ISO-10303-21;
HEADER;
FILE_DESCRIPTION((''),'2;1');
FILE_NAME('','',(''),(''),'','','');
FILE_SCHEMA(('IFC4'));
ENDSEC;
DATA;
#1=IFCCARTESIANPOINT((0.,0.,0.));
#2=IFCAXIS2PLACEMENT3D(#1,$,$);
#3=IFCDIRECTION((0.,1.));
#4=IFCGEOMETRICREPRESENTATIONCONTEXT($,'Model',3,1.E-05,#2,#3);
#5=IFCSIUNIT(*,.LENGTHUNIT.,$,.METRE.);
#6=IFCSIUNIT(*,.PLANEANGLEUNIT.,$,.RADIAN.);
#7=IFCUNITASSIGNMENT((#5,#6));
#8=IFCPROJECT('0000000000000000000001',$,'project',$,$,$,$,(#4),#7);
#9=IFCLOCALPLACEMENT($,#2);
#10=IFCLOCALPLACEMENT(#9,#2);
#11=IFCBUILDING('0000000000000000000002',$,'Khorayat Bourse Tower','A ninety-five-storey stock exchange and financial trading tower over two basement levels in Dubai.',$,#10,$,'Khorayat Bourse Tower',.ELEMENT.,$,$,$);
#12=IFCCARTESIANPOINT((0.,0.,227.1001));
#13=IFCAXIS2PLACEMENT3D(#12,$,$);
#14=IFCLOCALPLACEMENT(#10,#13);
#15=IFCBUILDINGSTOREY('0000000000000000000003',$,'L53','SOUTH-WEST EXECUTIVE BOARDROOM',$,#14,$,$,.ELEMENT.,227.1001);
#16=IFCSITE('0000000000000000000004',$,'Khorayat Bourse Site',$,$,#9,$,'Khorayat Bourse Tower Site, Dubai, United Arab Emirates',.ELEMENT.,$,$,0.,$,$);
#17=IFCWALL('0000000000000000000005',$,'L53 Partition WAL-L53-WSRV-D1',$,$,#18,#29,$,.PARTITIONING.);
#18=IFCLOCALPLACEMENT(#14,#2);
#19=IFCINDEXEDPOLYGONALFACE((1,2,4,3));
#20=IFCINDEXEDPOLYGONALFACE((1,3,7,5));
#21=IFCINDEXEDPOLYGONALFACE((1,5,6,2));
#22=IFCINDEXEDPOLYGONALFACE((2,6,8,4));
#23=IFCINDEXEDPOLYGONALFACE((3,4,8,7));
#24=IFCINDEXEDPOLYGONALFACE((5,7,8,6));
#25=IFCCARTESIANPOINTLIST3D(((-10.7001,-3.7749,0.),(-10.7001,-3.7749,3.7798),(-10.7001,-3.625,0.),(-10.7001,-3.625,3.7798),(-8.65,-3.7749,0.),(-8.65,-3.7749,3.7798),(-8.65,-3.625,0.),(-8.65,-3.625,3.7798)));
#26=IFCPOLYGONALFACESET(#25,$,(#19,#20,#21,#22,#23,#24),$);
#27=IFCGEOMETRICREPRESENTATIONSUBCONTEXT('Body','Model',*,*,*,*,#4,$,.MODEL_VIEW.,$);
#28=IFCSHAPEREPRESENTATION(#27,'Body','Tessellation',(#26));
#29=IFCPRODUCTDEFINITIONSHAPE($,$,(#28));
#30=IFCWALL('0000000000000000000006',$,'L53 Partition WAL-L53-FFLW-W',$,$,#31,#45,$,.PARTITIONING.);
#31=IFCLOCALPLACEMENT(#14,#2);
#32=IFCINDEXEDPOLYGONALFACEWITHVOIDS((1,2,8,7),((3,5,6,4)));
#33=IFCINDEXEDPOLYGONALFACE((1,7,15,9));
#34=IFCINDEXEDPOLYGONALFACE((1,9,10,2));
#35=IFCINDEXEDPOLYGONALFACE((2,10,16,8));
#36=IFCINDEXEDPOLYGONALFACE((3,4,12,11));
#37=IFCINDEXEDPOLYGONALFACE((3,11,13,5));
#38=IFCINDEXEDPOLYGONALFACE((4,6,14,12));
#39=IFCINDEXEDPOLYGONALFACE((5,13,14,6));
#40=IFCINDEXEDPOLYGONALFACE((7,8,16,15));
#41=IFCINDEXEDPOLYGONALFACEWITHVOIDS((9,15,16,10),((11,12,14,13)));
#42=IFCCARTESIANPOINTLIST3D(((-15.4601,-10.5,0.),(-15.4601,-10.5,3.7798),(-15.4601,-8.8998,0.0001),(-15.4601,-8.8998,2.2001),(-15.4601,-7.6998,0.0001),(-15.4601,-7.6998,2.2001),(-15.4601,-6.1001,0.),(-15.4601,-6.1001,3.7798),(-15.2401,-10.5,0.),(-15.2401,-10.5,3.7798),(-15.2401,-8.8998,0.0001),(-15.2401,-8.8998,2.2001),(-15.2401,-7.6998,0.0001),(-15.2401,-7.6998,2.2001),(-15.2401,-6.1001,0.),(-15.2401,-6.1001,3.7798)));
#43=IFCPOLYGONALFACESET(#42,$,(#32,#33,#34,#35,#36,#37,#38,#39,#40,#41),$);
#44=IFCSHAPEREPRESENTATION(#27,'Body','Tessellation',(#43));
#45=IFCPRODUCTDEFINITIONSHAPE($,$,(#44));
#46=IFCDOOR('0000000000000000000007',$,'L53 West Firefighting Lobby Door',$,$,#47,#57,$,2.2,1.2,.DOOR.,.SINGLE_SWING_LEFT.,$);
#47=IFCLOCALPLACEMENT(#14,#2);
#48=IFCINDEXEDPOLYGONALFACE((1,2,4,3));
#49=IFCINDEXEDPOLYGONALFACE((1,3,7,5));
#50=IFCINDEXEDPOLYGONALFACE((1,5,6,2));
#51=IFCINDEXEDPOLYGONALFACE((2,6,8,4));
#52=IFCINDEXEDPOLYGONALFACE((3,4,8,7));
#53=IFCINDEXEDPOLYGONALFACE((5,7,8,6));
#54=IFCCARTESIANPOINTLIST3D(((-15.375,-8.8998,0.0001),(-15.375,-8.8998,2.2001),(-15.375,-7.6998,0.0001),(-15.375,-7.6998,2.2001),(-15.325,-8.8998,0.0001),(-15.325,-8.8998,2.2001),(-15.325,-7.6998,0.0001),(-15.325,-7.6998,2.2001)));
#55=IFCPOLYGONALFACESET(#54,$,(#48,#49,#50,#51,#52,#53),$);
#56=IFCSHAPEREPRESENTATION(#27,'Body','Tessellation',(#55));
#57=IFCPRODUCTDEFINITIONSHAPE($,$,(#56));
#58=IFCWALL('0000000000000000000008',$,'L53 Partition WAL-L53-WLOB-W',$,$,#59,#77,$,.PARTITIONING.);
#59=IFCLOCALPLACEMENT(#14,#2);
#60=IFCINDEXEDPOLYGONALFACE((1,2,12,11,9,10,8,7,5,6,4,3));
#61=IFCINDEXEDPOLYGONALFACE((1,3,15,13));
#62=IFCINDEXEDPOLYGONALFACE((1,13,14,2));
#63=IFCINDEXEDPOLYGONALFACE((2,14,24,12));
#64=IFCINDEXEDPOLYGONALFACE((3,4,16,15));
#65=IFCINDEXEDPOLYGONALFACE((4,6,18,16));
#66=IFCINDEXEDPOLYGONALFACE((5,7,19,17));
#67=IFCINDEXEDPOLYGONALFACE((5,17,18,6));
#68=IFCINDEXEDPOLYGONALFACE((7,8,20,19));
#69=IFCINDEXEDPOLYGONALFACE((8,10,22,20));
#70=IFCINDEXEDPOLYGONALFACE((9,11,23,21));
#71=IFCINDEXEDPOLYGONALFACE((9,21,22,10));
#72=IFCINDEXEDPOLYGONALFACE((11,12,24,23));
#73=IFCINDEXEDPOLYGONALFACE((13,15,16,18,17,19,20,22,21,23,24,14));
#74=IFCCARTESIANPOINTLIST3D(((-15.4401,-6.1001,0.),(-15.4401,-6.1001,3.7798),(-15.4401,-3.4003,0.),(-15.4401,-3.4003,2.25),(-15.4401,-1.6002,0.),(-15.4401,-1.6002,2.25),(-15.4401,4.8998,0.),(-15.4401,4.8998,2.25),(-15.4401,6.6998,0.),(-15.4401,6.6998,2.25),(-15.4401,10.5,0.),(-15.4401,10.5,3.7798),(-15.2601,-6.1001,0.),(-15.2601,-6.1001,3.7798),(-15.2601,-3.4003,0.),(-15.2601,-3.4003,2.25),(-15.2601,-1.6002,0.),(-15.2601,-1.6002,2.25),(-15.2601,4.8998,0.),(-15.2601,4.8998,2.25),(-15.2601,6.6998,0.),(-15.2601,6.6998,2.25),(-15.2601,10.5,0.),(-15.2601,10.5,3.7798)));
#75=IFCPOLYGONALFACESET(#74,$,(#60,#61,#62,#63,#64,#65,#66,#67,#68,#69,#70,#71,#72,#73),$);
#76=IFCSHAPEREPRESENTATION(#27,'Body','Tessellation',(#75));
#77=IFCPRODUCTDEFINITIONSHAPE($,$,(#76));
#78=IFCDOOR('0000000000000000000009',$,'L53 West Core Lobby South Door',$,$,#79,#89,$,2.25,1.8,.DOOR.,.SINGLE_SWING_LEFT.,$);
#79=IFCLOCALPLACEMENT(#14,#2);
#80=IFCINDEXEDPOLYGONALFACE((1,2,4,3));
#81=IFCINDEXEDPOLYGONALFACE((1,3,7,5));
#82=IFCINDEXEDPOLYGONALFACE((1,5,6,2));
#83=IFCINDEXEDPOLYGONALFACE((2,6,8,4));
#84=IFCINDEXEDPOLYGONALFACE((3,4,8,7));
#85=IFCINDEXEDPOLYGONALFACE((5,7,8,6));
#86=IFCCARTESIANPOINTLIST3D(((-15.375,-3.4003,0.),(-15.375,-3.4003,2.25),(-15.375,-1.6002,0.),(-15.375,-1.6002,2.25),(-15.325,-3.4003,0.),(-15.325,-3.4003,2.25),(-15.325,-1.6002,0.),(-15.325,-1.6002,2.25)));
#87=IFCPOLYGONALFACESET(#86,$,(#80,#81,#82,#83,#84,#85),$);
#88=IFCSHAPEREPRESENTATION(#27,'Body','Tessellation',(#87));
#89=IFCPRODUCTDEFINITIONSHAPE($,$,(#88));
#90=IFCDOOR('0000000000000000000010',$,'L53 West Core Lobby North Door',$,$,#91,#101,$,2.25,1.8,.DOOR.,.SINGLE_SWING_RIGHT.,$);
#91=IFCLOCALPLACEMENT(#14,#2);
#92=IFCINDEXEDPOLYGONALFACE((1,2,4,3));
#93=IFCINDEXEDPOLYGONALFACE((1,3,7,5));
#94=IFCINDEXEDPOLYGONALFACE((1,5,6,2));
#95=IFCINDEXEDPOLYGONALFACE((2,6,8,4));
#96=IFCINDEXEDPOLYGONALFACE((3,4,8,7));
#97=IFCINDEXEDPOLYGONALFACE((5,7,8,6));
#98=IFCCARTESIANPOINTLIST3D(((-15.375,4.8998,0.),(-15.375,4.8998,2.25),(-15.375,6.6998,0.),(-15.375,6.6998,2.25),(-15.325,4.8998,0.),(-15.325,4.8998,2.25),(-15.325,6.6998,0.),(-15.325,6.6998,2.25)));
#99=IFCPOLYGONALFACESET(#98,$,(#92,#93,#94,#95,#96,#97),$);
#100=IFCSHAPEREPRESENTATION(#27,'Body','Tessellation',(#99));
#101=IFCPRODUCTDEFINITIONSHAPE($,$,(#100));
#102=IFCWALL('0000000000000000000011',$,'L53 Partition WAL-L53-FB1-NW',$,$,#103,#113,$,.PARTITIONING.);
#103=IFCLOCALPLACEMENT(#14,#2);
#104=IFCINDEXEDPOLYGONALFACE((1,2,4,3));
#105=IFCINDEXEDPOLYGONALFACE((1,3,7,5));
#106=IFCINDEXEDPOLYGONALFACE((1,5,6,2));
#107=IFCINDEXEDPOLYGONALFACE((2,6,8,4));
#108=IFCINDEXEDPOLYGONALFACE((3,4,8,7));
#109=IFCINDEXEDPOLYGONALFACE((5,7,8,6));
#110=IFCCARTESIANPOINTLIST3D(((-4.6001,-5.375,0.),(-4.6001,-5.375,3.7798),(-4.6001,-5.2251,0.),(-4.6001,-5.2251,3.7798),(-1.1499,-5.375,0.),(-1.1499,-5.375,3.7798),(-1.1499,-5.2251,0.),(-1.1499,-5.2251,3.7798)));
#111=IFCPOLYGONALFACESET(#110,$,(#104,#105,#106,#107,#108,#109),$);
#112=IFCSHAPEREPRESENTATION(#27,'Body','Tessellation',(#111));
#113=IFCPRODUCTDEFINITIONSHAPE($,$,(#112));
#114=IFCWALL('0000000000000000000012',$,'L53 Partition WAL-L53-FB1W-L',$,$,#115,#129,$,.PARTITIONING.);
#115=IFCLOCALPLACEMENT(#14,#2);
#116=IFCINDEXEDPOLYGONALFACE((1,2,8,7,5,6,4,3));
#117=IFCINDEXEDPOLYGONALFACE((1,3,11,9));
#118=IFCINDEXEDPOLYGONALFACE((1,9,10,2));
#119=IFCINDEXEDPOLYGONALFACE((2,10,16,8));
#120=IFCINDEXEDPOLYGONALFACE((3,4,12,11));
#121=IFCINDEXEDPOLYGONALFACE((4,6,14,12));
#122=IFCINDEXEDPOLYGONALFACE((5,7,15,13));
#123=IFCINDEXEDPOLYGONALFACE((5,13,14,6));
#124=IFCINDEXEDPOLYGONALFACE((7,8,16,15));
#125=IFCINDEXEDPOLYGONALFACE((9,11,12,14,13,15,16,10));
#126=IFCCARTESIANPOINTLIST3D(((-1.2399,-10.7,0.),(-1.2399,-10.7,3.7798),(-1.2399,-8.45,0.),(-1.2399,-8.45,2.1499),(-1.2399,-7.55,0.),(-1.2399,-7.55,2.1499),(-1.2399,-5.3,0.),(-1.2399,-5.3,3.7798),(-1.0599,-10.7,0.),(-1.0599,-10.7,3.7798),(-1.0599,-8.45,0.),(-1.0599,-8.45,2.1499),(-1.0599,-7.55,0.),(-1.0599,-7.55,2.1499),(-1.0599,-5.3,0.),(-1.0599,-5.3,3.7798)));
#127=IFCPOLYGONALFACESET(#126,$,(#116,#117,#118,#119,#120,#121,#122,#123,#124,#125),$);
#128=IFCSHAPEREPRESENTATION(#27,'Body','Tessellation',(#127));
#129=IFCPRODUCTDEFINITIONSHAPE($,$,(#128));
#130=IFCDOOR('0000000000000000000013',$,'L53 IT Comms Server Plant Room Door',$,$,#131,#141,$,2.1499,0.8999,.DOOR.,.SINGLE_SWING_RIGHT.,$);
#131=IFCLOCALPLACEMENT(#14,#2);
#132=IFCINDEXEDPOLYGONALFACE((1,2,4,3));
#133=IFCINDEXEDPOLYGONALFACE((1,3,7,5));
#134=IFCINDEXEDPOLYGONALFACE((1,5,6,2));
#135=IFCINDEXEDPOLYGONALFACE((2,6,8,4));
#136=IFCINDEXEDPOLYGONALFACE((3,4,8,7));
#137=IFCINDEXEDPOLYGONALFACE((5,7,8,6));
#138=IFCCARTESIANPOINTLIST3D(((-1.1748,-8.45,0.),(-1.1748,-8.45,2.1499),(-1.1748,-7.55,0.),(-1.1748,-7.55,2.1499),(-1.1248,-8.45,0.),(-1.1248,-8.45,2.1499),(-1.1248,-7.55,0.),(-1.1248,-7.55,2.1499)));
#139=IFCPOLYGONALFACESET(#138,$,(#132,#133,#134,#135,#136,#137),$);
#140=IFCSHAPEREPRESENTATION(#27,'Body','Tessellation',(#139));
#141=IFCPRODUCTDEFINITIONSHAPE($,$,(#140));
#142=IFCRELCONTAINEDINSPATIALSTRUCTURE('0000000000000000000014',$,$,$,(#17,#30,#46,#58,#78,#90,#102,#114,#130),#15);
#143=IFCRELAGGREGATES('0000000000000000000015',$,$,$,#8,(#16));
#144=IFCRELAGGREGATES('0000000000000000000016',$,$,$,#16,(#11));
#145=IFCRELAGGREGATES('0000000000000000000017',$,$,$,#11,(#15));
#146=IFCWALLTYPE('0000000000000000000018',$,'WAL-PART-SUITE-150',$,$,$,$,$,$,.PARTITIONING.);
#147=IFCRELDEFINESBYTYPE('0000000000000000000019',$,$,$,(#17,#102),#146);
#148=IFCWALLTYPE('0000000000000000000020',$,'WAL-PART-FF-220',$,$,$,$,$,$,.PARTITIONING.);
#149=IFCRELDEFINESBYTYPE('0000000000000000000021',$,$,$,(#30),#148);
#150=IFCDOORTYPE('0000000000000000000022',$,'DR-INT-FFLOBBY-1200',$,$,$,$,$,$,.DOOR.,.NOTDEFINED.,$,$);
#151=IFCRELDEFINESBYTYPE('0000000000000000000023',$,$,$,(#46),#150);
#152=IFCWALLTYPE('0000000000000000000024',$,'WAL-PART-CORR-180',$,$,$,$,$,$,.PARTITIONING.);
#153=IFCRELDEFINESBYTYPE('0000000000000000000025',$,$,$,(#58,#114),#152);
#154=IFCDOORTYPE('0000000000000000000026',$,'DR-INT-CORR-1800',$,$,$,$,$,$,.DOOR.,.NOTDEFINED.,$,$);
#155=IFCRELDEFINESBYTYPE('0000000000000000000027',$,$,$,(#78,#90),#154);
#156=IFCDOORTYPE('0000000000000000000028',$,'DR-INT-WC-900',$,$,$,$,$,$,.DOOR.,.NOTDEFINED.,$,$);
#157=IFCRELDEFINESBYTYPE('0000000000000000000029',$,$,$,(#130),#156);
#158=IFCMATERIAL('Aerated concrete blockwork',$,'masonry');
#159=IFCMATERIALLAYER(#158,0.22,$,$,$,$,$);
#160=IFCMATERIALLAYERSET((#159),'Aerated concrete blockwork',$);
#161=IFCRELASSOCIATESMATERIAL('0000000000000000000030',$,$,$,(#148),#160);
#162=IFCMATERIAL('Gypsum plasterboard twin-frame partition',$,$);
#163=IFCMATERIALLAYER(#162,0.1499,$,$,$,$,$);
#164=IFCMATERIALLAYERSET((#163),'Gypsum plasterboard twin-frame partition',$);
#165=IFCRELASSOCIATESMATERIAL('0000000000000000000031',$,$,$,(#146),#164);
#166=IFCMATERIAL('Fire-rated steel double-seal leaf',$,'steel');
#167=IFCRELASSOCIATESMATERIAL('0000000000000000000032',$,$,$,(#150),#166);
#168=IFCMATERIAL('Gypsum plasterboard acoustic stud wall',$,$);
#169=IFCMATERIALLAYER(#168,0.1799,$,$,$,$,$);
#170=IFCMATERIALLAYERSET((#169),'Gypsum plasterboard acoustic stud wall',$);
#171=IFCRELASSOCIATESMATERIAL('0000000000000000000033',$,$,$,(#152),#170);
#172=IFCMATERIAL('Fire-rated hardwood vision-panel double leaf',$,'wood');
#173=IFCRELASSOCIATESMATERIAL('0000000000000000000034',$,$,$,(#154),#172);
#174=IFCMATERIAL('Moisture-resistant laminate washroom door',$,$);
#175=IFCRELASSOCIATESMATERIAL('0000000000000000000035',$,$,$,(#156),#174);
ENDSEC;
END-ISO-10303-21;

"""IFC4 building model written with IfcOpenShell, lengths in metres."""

from ifc_helpers import new_model, si_unit, direction, frame, frame_2d, origin, place, context, subcontext, project, spatial, rectangle, extrude, source, transform, mapped, material, layer, layer_set, type_object, element, fill, save


model = new_model("IFC4")

# Units and contexts
model_context = context("Model", 3, precision=1e-05, world=origin(), true_north=direction((0.0, 1.0)))
body_context = subcontext(model_context, "Body", "Model", "MODEL_VIEW")
ifc_project = project(units=[si_unit("LENGTHUNIT", "METRE"), si_unit("PLANEANGLEUNIT", "RADIAN")], contexts=[model_context])

# Site, building, storey
site_placement = place(None, origin())
site = spatial("IfcSite", under=ifc_project, at=site_placement, Name="Khorayat Bourse Site", LongName="Khorayat Bourse Tower Site, Dubai, United Arab Emirates", CompositionType="ELEMENT", RefElevation=0.0)
building_placement = place(site_placement, origin())
building = spatial("IfcBuilding", under=site, at=building_placement, Name="Khorayat Bourse Tower", Description="A ninety-five-storey stock exchange and financial trading tower over two basement levels in Dubai.", LongName="Khorayat Bourse Tower", CompositionType="ELEMENT")
storey_placement = place(building_placement, frame((0.0, 0.0, 227.1001)))
storey = spatial("IfcBuildingStorey", under=building, at=storey_placement, Name="L53", Description="SOUTH-WEST EXECUTIVE BOARDROOM", CompositionType="ELEMENT", Elevation=227.1001)

# Wall
ifc_material_1 = material(Name="Aerated concrete blockwork", Category="masonry")
ifc_layer_1 = layer(ifc_material_1, 0.22)
ifc_layer_set_1 = layer_set([ifc_layer_1], Name="Aerated concrete blockwork")
wall_type_1 = type_object("IfcWallType", Name="WAL-PART-FF-220", PredefinedType="PARTITIONING", material=ifc_layer_set_1)
ifc_material_2 = material(Name="Gypsum plasterboard twin-frame partition")
ifc_layer_2 = layer(ifc_material_2, 0.1499)
ifc_layer_set_2 = layer_set([ifc_layer_2], Name="Gypsum plasterboard twin-frame partition")
wall_type_2 = type_object("IfcWallType", Name="WAL-PART-SUITE-150", PredefinedType="PARTITIONING", material=ifc_layer_set_2)
shared_shape_1 = source(origin(), body_context, "Body", "SweptSolid", [
    extrude(rectangle(XDim=2.05, YDim=0.1499, at=frame_2d((1.0249, 0.0))), origin(), (0.0, 0.0, 1.0), 3.7798),
])
wall_1_placement = place(storey_placement, frame((-10.7, -3.7, 0.0), z_axis=(0.0, 0.0, 1.0), x_axis=(1.0, 0.0, 0.0)))
element("IfcWall", 1, at=wall_1_placement, inside=storey, type_object=wall_type_2, Name="L53 Partition WAL-L53-WSRV-D1", PredefinedType="PARTITIONING", context=body_context, shape_type="MappedRepresentation", body=[
    mapped(shared_shape_1, transform((0.0, 0.0, 0.0), scale=1.0)),
])

# Wall, opening, door
shared_shape_2 = source(origin(), body_context, "Body", "SweptSolid", [
    extrude(rectangle(XDim=4.3999, YDim=0.22, at=frame_2d((2.2, 0.0))), origin(), (0.0, 0.0, 1.0), 3.7798),
])
wall_2_placement = place(storey_placement, frame((-15.3501, -10.5, 0.0), z_axis=(0.0, 0.0, 1.0), x_axis=(0.0, 1.0, 0.0)))
wall_2 = element("IfcWall", 2, at=wall_2_placement, inside=storey, type_object=wall_type_1, Name="L53 Partition WAL-L53-FFLW-W", PredefinedType="PARTITIONING", context=body_context, shape_type="MappedRepresentation", body=[
    mapped(shared_shape_2, transform((0.0, 0.0, 0.0), scale=1.0)),
])
shared_shape_3 = source(origin(), body_context, "Body", "SweptSolid", [
    extrude(rectangle(XDim=1.2, YDim=2.2, at=frame_2d((0.6001, 1.1001))), frame((0.0, 0.1199, 0.0), z_axis=(0.0, -1.0, 0.0), x_axis=(1.0, 0.0, 0.0)), (0.0, 0.0, 1.0), 0.24),
])
opening_1_placement = place(wall_2_placement, frame((1.6001, 0.0, 0.0)))
opening_1 = element("IfcOpeningElement", 3, at=opening_1_placement, cuts=wall_2, PredefinedType="OPENING", context=body_context, shape_type="MappedRepresentation", body=[
    mapped(shared_shape_3, transform((0.0, 0.0, 0.0), scale=1.0)),
])
ifc_material_3 = material(Name="Fire-rated steel double-seal leaf", Category="steel")
door_type_1 = type_object("IfcDoorType", Name="DR-INT-FFLOBBY-1200", OperationType="NOTDEFINED", PredefinedType="DOOR", material=ifc_material_3)
shared_shape_4 = source(origin(), body_context, "Body", "SweptSolid", [
    extrude(rectangle(XDim=1.2, YDim=2.2, at=frame_2d((0.6001, 1.1001))), frame((0.0, 0.0249, 0.0), z_axis=(0.0, -1.0, 0.0), x_axis=(1.0, 0.0, 0.0)), (0.0, 0.0, 1.0), 0.05),
])
door_1_placement = place(opening_1_placement, origin())
door_1 = element("IfcDoor", 4, at=door_1_placement, inside=storey, type_object=door_type_1, Name="L53 West Firefighting Lobby Door", OperationType="SINGLE_SWING_LEFT", OverallHeight=2.2, OverallWidth=1.2, PredefinedType="DOOR", context=body_context, shape_type="MappedRepresentation", body=[
    mapped(shared_shape_4, transform((0.0, 0.0, 0.0), scale=1.0)),
])
fill(opening_1, door_1)

# Wall, openings, doors
ifc_material_4 = material(Name="Gypsum plasterboard acoustic stud wall")
ifc_layer_3 = layer(ifc_material_4, 0.1799)
ifc_layer_set_3 = layer_set([ifc_layer_3], Name="Gypsum plasterboard acoustic stud wall")
wall_type_3 = type_object("IfcWallType", Name="WAL-PART-CORR-180", PredefinedType="PARTITIONING", material=ifc_layer_set_3)
shared_shape_5 = source(origin(), body_context, "Body", "SweptSolid", [
    extrude(rectangle(XDim=16.6001, YDim=0.1799, at=frame_2d((8.3, 0.0))), origin(), (0.0, 0.0, 1.0), 3.7798),
])
wall_3_placement = place(storey_placement, frame((-15.3501, -6.1001, 0.0), z_axis=(0.0, 0.0, 1.0), x_axis=(0.0, 1.0, 0.0)))
wall_3 = element("IfcWall", 5, at=wall_3_placement, inside=storey, type_object=wall_type_3, Name="L53 Partition WAL-L53-WLOB-W", PredefinedType="PARTITIONING", context=body_context, shape_type="MappedRepresentation", body=[
    mapped(shared_shape_5, transform((0.0, 0.0, 0.0), scale=1.0)),
])
shared_shape_6 = source(origin(), body_context, "Body", "SweptSolid", [
    extrude(rectangle(XDim=1.8, YDim=2.25, at=frame_2d((0.8999, 1.125))), frame((0.0, 0.0999, 0.0), z_axis=(0.0, -1.0, 0.0), x_axis=(1.0, 0.0, 0.0)), (0.0, 0.0, 1.0), 0.2),
])
opening_2_placement = place(wall_3_placement, frame((2.7, 0.0, 0.0)))
opening_2 = element("IfcOpeningElement", 6, at=opening_2_placement, cuts=wall_3, PredefinedType="OPENING", context=body_context, shape_type="MappedRepresentation", body=[
    mapped(shared_shape_6, transform((0.0, 0.0, 0.0), scale=1.0)),
])
opening_3_placement = place(wall_3_placement, frame((11.0, 0.0, 0.0)))
opening_3 = element("IfcOpeningElement", 7, at=opening_3_placement, cuts=wall_3, PredefinedType="OPENING", context=body_context, shape_type="MappedRepresentation", body=[
    mapped(shared_shape_6, transform((0.0, 0.0, 0.0), scale=1.0)),
])
ifc_material_5 = material(Name="Fire-rated hardwood vision-panel double leaf", Category="wood")
door_type_2 = type_object("IfcDoorType", Name="DR-INT-CORR-1800", OperationType="NOTDEFINED", PredefinedType="DOOR", material=ifc_material_5)
shared_shape_7 = source(origin(), body_context, "Body", "SweptSolid", [
    extrude(rectangle(XDim=1.8, YDim=2.25, at=frame_2d((0.8999, 1.125))), frame((0.0, 0.0249, 0.0), z_axis=(0.0, -1.0, 0.0), x_axis=(1.0, 0.0, 0.0)), (0.0, 0.0, 1.0), 0.05),
])
door_2_placement = place(opening_2_placement, origin())
door_2 = element("IfcDoor", 8, at=door_2_placement, inside=storey, type_object=door_type_2, Name="L53 West Core Lobby South Door", OperationType="SINGLE_SWING_LEFT", OverallHeight=2.25, OverallWidth=1.8, PredefinedType="DOOR", context=body_context, shape_type="MappedRepresentation", body=[
    mapped(shared_shape_7, transform((0.0, 0.0, 0.0), scale=1.0)),
])
fill(opening_2, door_2)
door_3_placement = place(opening_3_placement, origin())
door_3 = element("IfcDoor", 9, at=door_3_placement, inside=storey, type_object=door_type_2, Name="L53 West Core Lobby North Door", OperationType="SINGLE_SWING_RIGHT", OverallHeight=2.25, OverallWidth=1.8, PredefinedType="DOOR", context=body_context, shape_type="MappedRepresentation", body=[
    mapped(shared_shape_7, transform((0.0, 0.0, 0.0), scale=1.0)),
])
fill(opening_3, door_3)

# Wall
shared_shape_8 = source(origin(), body_context, "Body", "SweptSolid", [
    extrude(rectangle(XDim=3.4502, YDim=0.1499, at=frame_2d((1.7251, 0.0))), origin(), (0.0, 0.0, 1.0), 3.7798),
])
wall_4_placement = place(storey_placement, frame((-4.6001, -5.3, 0.0), z_axis=(0.0, 0.0, 1.0), x_axis=(1.0, 0.0, 0.0)))
element("IfcWall", 10, at=wall_4_placement, inside=storey, type_object=wall_type_2, Name="L53 Partition WAL-L53-FB1-NW", PredefinedType="PARTITIONING", context=body_context, shape_type="MappedRepresentation", body=[
    mapped(shared_shape_8, transform((0.0, 0.0, 0.0), scale=1.0)),
])

# Wall, opening, door
shared_shape_9 = source(origin(), body_context, "Body", "SweptSolid", [
    extrude(rectangle(XDim=5.3999, YDim=0.1799, at=frame_2d((2.7, 0.0))), origin(), (0.0, 0.0, 1.0), 3.7798),
])
wall_5_placement = place(storey_placement, frame((-1.1499, -10.7, 0.0), z_axis=(0.0, 0.0, 1.0), x_axis=(0.0, 1.0, 0.0)))
wall_5 = element("IfcWall", 11, at=wall_5_placement, inside=storey, type_object=wall_type_3, Name="L53 Partition WAL-L53-FB1W-L", PredefinedType="PARTITIONING", context=body_context, shape_type="MappedRepresentation", body=[
    mapped(shared_shape_9, transform((0.0, 0.0, 0.0), scale=1.0)),
])
shared_shape_10 = source(origin(), body_context, "Body", "SweptSolid", [
    extrude(rectangle(XDim=0.8999, YDim=2.1499, at=frame_2d((0.45, 1.075))), frame((0.0, 0.0999, 0.0), z_axis=(0.0, -1.0, 0.0), x_axis=(1.0, 0.0, 0.0)), (0.0, 0.0, 1.0), 0.2),
])
opening_4_placement = place(wall_5_placement, frame((2.25, 0.0, 0.0)))
opening_4 = element("IfcOpeningElement", 12, at=opening_4_placement, cuts=wall_5, PredefinedType="OPENING", context=body_context, shape_type="MappedRepresentation", body=[
    mapped(shared_shape_10, transform((0.0, 0.0, 0.0), scale=1.0)),
])
ifc_material_6 = material(Name="Moisture-resistant laminate washroom door")
door_type_3 = type_object("IfcDoorType", Name="DR-INT-WC-900", OperationType="NOTDEFINED", PredefinedType="DOOR", material=ifc_material_6)
shared_shape_11 = source(origin(), body_context, "Body", "SweptSolid", [
    extrude(rectangle(XDim=0.8999, YDim=2.1499, at=frame_2d((0.45, 1.075))), frame((0.0, 0.0249, 0.0), z_axis=(0.0, -1.0, 0.0), x_axis=(1.0, 0.0, 0.0)), (0.0, 0.0, 1.0), 0.05),
])
door_4_placement = place(opening_4_placement, origin())
door_4 = element("IfcDoor", 13, at=door_4_placement, inside=storey, type_object=door_type_3, Name="L53 IT Comms Server Plant Room Door", OperationType="SINGLE_SWING_RIGHT", OverallHeight=2.1499, OverallWidth=0.8999, PredefinedType="DOOR", context=body_context, shape_type="MappedRepresentation", body=[
    mapped(shared_shape_11, transform((0.0, 0.0, 0.0), scale=1.0)),
])
fill(opening_4, door_4)

save(model, "model.ifc")
